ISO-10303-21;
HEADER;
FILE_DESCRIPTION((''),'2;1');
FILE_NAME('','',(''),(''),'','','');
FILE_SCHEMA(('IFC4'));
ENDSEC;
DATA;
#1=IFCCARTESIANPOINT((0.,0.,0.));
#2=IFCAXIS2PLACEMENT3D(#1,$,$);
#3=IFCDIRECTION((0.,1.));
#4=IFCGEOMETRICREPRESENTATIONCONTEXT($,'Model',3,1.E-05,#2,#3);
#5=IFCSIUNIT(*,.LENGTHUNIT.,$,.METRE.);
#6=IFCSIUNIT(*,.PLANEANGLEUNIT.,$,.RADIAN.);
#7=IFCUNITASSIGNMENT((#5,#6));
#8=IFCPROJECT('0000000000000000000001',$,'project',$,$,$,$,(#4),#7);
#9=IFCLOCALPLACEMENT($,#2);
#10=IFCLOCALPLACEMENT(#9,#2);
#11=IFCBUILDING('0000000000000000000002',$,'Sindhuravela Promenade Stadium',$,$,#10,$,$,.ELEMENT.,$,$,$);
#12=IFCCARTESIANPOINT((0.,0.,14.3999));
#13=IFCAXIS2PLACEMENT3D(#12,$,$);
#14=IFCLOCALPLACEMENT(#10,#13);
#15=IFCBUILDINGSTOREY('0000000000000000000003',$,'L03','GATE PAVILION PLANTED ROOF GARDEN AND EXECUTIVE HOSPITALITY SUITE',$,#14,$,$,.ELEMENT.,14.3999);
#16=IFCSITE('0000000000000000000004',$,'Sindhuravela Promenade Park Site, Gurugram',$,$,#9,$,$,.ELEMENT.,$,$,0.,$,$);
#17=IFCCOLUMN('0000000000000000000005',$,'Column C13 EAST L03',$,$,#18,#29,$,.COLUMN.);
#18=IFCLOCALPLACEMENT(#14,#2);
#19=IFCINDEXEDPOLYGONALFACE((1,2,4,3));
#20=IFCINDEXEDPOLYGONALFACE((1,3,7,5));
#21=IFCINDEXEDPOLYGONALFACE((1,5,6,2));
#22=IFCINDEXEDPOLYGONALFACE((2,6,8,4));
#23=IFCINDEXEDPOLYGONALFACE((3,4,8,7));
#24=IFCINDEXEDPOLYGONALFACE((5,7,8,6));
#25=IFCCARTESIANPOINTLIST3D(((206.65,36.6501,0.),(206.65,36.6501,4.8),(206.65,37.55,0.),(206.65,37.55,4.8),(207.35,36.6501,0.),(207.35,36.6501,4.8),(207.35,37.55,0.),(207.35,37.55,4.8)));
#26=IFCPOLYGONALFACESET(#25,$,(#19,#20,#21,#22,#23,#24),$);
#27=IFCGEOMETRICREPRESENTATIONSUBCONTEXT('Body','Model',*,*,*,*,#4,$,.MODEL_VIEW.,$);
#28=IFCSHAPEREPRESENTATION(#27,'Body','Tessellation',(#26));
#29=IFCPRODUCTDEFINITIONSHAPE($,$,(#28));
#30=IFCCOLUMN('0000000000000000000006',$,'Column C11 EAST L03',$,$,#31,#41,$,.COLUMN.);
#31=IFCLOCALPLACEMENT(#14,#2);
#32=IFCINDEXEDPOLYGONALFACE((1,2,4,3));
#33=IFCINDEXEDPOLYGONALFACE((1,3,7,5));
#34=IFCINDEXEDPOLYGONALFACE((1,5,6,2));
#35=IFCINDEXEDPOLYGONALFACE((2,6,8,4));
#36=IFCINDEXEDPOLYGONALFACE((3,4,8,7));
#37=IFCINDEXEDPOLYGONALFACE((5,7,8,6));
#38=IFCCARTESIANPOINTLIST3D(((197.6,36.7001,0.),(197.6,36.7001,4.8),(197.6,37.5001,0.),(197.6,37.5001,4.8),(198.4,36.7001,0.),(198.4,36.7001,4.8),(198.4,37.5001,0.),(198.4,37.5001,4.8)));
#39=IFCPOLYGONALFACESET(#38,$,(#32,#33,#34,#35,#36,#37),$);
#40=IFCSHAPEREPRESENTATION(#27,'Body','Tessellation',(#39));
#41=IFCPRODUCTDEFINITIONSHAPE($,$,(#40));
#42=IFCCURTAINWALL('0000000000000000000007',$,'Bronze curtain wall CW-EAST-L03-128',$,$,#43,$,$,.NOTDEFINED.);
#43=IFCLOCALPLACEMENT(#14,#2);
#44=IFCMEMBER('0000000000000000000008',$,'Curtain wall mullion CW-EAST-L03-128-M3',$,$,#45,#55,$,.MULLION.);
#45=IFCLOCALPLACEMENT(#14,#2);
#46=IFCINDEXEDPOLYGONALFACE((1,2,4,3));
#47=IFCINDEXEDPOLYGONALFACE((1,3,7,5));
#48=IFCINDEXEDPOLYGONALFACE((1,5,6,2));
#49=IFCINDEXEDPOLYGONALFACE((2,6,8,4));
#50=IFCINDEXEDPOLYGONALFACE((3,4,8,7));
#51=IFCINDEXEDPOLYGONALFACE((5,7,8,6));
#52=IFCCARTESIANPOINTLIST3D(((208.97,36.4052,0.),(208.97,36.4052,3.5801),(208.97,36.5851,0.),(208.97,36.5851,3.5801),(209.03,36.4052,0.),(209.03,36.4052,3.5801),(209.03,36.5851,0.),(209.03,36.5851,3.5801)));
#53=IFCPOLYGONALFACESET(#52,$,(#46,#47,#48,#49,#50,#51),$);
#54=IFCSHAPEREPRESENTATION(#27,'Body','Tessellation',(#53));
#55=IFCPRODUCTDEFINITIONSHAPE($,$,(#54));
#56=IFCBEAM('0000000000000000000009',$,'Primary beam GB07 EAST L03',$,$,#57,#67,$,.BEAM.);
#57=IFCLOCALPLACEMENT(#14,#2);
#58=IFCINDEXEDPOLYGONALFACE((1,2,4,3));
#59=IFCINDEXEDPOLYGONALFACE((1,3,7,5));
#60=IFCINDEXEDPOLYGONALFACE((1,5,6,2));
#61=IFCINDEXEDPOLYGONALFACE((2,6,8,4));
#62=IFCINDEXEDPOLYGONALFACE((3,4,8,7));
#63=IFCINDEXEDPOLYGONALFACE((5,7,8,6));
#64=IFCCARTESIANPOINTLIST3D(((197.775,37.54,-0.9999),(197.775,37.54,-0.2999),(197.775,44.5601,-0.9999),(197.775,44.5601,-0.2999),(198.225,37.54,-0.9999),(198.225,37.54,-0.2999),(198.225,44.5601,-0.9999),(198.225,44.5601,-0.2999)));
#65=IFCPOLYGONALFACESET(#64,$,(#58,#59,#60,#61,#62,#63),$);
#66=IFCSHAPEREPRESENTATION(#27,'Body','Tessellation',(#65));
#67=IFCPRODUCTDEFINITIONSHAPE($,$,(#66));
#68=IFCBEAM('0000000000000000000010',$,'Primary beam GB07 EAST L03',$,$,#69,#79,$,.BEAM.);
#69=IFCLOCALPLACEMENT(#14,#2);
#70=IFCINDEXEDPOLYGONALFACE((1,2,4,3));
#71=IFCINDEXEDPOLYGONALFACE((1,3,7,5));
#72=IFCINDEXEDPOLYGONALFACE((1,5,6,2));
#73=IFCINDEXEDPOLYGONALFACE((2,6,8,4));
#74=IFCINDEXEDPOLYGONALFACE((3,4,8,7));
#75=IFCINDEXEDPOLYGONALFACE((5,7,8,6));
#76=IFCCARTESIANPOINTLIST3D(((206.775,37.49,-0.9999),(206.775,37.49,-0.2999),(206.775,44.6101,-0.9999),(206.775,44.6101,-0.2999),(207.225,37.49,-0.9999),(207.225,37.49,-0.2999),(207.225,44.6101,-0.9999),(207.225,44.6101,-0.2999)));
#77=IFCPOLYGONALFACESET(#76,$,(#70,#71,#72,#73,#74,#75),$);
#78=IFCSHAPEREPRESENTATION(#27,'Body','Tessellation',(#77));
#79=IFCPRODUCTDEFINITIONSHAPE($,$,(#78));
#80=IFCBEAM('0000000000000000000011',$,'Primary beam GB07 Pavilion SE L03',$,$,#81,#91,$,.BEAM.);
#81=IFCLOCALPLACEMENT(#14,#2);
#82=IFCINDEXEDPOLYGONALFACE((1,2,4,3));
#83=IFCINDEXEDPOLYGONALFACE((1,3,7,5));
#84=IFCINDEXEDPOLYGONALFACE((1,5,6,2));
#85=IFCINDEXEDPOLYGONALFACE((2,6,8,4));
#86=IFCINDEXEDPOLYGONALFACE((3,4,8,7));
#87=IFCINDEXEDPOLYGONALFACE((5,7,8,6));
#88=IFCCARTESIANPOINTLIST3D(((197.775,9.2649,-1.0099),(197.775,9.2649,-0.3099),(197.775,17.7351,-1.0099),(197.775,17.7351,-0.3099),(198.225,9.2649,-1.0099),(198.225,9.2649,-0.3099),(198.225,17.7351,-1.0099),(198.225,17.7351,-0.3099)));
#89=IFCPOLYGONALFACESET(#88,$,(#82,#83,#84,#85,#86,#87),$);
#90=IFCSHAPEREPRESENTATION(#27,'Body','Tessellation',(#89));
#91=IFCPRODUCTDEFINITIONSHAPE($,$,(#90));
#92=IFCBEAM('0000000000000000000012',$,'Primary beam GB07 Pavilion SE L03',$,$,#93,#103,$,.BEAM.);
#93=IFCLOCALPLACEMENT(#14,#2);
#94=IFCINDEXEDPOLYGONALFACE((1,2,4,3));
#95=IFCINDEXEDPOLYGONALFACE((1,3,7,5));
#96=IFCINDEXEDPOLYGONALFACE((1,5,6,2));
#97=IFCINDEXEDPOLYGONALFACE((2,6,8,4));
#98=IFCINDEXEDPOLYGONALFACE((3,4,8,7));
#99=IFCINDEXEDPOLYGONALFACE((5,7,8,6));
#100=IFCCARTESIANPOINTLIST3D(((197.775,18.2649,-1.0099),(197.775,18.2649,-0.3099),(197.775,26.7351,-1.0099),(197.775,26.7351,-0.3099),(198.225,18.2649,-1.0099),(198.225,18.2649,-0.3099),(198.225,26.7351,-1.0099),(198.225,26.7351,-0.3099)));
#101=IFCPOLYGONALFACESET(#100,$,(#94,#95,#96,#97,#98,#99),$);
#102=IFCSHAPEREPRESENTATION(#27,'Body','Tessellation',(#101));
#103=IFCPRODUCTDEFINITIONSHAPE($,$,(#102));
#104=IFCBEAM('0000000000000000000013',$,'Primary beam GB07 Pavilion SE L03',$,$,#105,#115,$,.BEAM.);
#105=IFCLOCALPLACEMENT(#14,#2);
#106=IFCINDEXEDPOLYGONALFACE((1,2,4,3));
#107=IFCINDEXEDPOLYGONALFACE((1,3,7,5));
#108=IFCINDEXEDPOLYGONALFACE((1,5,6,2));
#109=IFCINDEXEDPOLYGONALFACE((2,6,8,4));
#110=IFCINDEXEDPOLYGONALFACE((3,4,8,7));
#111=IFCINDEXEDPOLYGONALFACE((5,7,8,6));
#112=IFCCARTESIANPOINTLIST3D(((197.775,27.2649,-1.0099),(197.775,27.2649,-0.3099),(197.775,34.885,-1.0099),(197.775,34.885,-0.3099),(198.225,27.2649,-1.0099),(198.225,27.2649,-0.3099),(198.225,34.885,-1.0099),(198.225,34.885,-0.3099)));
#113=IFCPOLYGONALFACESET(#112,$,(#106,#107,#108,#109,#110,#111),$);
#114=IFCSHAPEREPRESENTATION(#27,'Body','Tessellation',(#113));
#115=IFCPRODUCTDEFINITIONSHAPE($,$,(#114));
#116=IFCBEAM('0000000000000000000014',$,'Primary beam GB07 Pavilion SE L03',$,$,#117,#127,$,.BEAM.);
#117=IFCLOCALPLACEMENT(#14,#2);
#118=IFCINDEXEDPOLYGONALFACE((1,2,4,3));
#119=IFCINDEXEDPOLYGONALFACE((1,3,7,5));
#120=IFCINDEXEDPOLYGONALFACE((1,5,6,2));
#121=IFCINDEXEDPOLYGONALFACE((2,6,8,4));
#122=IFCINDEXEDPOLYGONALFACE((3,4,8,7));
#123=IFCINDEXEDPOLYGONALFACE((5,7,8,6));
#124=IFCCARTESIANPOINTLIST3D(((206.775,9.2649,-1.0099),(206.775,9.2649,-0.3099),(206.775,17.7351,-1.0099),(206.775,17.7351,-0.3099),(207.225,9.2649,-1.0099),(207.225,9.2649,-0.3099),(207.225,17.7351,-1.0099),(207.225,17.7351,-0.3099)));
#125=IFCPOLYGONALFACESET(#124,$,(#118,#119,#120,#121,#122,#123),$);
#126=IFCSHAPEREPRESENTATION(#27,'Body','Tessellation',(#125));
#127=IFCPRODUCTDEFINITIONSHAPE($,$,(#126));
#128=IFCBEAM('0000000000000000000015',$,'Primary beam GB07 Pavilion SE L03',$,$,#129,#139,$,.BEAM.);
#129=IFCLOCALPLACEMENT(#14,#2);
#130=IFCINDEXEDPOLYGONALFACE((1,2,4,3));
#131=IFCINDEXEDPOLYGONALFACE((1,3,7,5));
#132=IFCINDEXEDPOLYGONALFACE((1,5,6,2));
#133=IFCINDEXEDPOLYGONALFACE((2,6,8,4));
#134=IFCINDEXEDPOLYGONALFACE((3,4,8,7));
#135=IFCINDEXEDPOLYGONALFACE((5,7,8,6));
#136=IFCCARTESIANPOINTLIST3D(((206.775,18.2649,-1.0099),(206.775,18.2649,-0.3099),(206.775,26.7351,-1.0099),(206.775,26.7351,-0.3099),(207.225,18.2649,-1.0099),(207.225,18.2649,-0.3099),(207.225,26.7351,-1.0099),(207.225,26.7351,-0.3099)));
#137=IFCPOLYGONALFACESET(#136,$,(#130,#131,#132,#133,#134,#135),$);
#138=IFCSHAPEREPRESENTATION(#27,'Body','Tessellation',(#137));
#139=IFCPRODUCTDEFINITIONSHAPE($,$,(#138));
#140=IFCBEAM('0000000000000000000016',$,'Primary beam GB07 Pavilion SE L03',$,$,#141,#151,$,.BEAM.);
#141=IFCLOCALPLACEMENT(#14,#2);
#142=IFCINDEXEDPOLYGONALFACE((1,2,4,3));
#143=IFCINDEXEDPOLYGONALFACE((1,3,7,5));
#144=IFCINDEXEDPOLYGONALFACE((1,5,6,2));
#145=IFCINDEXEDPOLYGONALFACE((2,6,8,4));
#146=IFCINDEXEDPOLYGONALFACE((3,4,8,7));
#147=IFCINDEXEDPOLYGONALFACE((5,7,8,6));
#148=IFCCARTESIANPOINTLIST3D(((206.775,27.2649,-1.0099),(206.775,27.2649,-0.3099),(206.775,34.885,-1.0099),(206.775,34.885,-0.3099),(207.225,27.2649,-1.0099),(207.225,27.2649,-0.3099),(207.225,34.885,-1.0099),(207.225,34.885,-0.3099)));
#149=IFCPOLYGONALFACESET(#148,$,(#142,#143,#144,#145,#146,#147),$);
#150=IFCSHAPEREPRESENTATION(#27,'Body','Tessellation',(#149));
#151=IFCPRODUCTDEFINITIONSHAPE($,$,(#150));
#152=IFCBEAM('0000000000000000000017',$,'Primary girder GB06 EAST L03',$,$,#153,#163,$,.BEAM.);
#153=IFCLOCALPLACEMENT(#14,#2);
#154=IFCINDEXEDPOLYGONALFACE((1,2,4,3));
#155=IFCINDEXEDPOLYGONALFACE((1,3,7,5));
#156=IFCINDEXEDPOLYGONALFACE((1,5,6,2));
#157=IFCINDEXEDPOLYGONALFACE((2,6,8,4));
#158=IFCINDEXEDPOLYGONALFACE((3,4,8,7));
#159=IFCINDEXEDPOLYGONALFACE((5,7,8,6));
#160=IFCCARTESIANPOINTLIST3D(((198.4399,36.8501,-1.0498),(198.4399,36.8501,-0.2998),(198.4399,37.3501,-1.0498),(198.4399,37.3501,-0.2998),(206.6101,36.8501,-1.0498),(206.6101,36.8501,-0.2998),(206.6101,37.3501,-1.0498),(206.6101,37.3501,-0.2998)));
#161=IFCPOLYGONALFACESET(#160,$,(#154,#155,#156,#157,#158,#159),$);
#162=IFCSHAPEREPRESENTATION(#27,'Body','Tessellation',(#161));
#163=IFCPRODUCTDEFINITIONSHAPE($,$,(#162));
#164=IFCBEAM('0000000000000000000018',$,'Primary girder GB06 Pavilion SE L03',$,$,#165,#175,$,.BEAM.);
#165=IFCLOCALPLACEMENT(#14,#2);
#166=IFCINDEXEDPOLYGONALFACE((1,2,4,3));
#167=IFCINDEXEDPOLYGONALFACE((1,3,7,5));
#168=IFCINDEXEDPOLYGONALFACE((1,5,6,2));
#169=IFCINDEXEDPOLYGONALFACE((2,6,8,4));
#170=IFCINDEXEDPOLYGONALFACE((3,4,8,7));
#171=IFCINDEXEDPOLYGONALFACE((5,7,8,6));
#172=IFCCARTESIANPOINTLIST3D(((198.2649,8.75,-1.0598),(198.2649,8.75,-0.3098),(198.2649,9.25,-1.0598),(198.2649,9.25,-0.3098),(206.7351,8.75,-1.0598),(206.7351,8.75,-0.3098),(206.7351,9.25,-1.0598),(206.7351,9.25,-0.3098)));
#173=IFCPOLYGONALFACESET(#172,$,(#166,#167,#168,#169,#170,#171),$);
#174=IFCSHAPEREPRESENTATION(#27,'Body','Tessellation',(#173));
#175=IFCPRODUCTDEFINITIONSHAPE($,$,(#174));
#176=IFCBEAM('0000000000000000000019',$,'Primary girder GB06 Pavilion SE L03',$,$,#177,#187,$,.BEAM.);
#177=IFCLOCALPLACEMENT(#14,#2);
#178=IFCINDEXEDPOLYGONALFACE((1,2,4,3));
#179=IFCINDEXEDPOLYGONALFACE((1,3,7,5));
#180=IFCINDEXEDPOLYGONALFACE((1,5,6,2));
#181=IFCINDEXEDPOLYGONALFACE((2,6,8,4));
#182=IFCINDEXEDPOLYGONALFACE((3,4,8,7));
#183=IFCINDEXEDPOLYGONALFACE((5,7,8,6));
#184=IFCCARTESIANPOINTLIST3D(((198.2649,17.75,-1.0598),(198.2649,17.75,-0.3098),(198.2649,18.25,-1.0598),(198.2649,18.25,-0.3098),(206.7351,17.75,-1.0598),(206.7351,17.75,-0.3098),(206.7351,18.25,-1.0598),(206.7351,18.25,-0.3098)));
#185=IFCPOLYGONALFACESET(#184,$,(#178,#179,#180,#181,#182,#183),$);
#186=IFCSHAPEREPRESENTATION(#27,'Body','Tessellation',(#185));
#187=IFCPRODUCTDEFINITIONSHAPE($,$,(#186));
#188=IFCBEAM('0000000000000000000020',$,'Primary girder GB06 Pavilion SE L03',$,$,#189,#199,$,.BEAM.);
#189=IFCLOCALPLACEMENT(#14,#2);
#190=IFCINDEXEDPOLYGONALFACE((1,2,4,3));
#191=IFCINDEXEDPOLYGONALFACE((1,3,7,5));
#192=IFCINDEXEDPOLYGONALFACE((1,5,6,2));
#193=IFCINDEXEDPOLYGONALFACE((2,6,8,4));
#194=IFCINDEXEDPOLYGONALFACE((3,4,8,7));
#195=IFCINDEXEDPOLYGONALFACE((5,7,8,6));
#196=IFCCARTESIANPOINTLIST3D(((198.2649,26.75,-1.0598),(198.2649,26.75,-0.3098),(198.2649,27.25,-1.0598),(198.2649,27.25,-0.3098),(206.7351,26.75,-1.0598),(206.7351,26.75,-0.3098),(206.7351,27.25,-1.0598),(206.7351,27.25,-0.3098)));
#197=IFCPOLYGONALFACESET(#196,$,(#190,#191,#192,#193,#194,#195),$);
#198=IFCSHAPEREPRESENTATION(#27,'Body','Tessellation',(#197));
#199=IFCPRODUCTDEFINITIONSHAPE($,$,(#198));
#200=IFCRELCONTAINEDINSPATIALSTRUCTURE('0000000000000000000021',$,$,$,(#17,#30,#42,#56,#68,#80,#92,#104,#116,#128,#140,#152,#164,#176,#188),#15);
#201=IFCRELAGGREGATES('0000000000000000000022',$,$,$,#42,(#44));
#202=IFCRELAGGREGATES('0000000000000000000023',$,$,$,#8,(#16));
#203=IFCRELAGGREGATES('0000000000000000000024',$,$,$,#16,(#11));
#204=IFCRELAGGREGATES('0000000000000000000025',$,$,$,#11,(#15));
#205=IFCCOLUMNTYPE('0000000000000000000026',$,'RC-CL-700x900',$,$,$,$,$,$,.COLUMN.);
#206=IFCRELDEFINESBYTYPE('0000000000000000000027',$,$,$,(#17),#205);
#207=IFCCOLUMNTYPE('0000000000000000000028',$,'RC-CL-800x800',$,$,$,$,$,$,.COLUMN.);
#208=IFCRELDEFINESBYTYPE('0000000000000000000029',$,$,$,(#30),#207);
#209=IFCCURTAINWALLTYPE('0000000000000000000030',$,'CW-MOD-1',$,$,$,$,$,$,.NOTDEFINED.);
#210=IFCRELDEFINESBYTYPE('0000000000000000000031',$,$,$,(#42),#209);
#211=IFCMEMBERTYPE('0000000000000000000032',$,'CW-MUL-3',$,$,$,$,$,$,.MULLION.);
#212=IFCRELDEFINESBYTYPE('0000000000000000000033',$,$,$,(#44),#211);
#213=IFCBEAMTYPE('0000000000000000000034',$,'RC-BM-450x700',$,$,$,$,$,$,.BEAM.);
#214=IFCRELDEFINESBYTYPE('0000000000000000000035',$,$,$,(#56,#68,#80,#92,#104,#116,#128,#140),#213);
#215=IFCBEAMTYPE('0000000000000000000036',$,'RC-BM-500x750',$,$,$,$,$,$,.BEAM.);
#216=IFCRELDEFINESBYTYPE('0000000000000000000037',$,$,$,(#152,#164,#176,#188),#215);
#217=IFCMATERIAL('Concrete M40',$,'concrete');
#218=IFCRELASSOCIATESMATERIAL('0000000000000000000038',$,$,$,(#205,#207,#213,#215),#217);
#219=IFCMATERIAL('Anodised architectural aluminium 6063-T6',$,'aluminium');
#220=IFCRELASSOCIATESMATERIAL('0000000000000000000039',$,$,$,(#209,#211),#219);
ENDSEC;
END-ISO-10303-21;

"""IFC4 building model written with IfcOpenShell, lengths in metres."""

from ifc_helpers import new_model, si_unit, direction, frame, origin, origin_2d, place, context, subcontext, project, spatial, rectangle, extrude, material, material_profile, profile_set, type_object, element, aggregate, save


model = new_model("IFC4")

# Units and contexts
model_context = context("Model", 3, precision=1e-05, world=origin(), true_north=direction((0.0, 1.0)))
body_context = subcontext(model_context, "Body", "Model", "MODEL_VIEW")
ifc_project = project(units=[si_unit("LENGTHUNIT", "METRE"), si_unit("PLANEANGLEUNIT", "RADIAN")], contexts=[model_context])

# Site, building, storey
site_placement = place(None, origin())
site = spatial("IfcSite", under=ifc_project, at=site_placement, Name="Sindhuravela Promenade Park Site, Gurugram", CompositionType="ELEMENT", RefElevation=0.0)
building_placement = place(site_placement, origin())
building = spatial("IfcBuilding", under=site, at=building_placement, Name="Sindhuravela Promenade Stadium", CompositionType="ELEMENT")
storey_placement = place(building_placement, frame((0.0, 0.0, 14.3999)))
storey = spatial("IfcBuildingStorey", under=building, at=storey_placement, Name="L03", Description="GATE PAVILION PLANTED ROOF GARDEN AND EXECUTIVE HOSPITALITY SUITE", CompositionType="ELEMENT", Elevation=14.3999)

# Columns
ifc_material_1 = material(Name="Concrete M40", Category="concrete")
ifc_material_profile_1 = material_profile(ifc_material_1, rectangle(XDim=0.7, YDim=0.8999, at=origin_2d()), Name="RC 700x900")
ifc_profile_set_1 = profile_set([ifc_material_profile_1], Name="Concrete M40")
column_type_1 = type_object("IfcColumnType", Name="RC-CL-700x900", PredefinedType="COLUMN", material=ifc_profile_set_1)
column_1_placement = place(storey_placement, frame((207.0, 37.1001, 0.0), z_axis=(0.0, 0.0, 1.0), x_axis=(1.0, 0.0, 0.0)))
element("IfcColumn", 1, at=column_1_placement, inside=storey, type_object=column_type_1, Name="Column C13 EAST L03", PredefinedType="COLUMN", context=body_context, shape_type="SweptSolid", body=[
    extrude(rectangle(XDim=0.7, YDim=0.8999, at=origin_2d()), origin(), (0.0, 0.0, 1.0), 4.8),
])
ifc_material_profile_2 = material_profile(ifc_material_1, rectangle(XDim=0.8, YDim=0.8, at=origin_2d()), Name="RC 800x800")
ifc_profile_set_2 = profile_set([ifc_material_profile_2], Name="Concrete M40")
column_type_2 = type_object("IfcColumnType", Name="RC-CL-800x800", PredefinedType="COLUMN", material=ifc_profile_set_2)
column_2_placement = place(storey_placement, frame((198.0, 37.1001, 0.0), z_axis=(0.0, 0.0, 1.0), x_axis=(1.0, 0.0, 0.0)))
element("IfcColumn", 2, at=column_2_placement, inside=storey, type_object=column_type_2, Name="Column C11 EAST L03", PredefinedType="COLUMN", context=body_context, shape_type="SweptSolid", body=[
    extrude(rectangle(XDim=0.8, YDim=0.8, at=origin_2d()), origin(), (0.0, 0.0, 1.0), 4.8),
])

# Curtain wall, member
ifc_material_2 = material(Name="Anodised architectural aluminium 6063-T6", Category="aluminium")
curtain_wall_type = type_object("IfcCurtainWallType", Name="CW-MOD-1", PredefinedType="NOTDEFINED", material=ifc_material_2)
curtain_wall_placement = place(storey_placement, origin())
curtain_wall = element("IfcCurtainWall", 3, at=curtain_wall_placement, inside=storey, type_object=curtain_wall_type, Name="Bronze curtain wall CW-EAST-L03-128", PredefinedType="NOTDEFINED")
ifc_material_profile_3 = material_profile(ifc_material_2, rectangle(XDim=0.0601, YDim=0.1799, at=origin_2d()), Name="ALU M60x180")
ifc_profile_set_3 = profile_set([ifc_material_profile_3], Name="Anodised architectural aluminium 6063-T6")
member_type = type_object("IfcMemberType", Name="CW-MUL-3", PredefinedType="MULLION", material=ifc_profile_set_3)
member_placement = place(storey_placement, frame((209.0, 36.4951, 0.0), z_axis=(0.0, 0.0, 1.0), x_axis=(1.0, 0.0, 0.0)))
member = element("IfcMember", 4, at=member_placement, type_object=member_type, Name="Curtain wall mullion CW-EAST-L03-128-M3", PredefinedType="MULLION", context=body_context, shape_type="SweptSolid", body=[
    extrude(rectangle(XDim=0.0601, YDim=0.1799, at=origin_2d()), origin(), (0.0, 0.0, 1.0), 3.5801),
])
aggregate(curtain_wall, [member])

# Beams
ifc_material_profile_4 = material_profile(ifc_material_1, rectangle(XDim=0.45, YDim=0.7, at=origin_2d()), Name="RC 450x700")
ifc_profile_set_4 = profile_set([ifc_material_profile_4], Name="Concrete M40")
beam_type_1 = type_object("IfcBeamType", Name="RC-BM-450x700", PredefinedType="BEAM", material=ifc_profile_set_4)
beam_1_placement = place(storey_placement, frame((198.0, 37.54, -0.6499), z_axis=(0.0, 1.0, 0.0), x_axis=(-1.0, 0.0, 0.0)))
element("IfcBeam", 5, at=beam_1_placement, inside=storey, type_object=beam_type_1, Name="Primary beam GB07 EAST L03", PredefinedType="BEAM", context=body_context, shape_type="SweptSolid", body=[
    extrude(rectangle(XDim=0.45, YDim=0.7, at=origin_2d()), origin(), (0.0, 0.0, 1.0), 7.02),
])
beam_2_placement = place(storey_placement, frame((207.0, 37.49, -0.6499), z_axis=(0.0, 1.0, 0.0), x_axis=(-1.0, 0.0, 0.0)))
element("IfcBeam", 6, at=beam_2_placement, inside=storey, type_object=beam_type_1, Name="Primary beam GB07 EAST L03", PredefinedType="BEAM", context=body_context, shape_type="SweptSolid", body=[
    extrude(rectangle(XDim=0.45, YDim=0.7, at=origin_2d()), origin(), (0.0, 0.0, 1.0), 7.1201),
])
for number, where, z_axis, x_axis, name in (
    (7, (198.0, 9.2649, -0.6599), (0.0, 1.0, 0.0), (-1.0, 0.0, 0.0), "Primary beam GB07 Pavilion SE L03"),
    (8, (198.0, 18.2649, -0.6599), (0.0, 1.0, 0.0), (-1.0, 0.0, 0.0), "Primary beam GB07 Pavilion SE L03"),
):
    element("IfcBeam", number, at=place(storey_placement, frame(where, z_axis=z_axis, x_axis=x_axis)), inside=storey, type_object=beam_type_1, Name=name, PredefinedType="BEAM", context=body_context, shape_type="SweptSolid", body=[
        extrude(rectangle(XDim=0.45, YDim=0.7, at=origin_2d()), origin(), (0.0, 0.0, 1.0), 8.4702),
    ])
beam_3_placement = place(storey_placement, frame((198.0, 27.2649, -0.6599), z_axis=(0.0, 1.0, 0.0), x_axis=(-1.0, 0.0, 0.0)))
element("IfcBeam", 9, at=beam_3_placement, inside=storey, type_object=beam_type_1, Name="Primary beam GB07 Pavilion SE L03", PredefinedType="BEAM", context=body_context, shape_type="SweptSolid", body=[
    extrude(rectangle(XDim=0.45, YDim=0.7, at=origin_2d()), origin(), (0.0, 0.0, 1.0), 7.6201),
])
for number, where, z_axis, x_axis, name in (
    (10, (207.0, 9.2649, -0.6599), (0.0, 1.0, 0.0), (-1.0, 0.0, 0.0), "Primary beam GB07 Pavilion SE L03"),
    (11, (207.0, 18.2649, -0.6599), (0.0, 1.0, 0.0), (-1.0, 0.0, 0.0), "Primary beam GB07 Pavilion SE L03"),
):
    element("IfcBeam", number, at=place(storey_placement, frame(where, z_axis=z_axis, x_axis=x_axis)), inside=storey, type_object=beam_type_1, Name=name, PredefinedType="BEAM", context=body_context, shape_type="SweptSolid", body=[
        extrude(rectangle(XDim=0.45, YDim=0.7, at=origin_2d()), origin(), (0.0, 0.0, 1.0), 8.4702),
    ])
beam_4_placement = place(storey_placement, frame((207.0, 27.2649, -0.6599), z_axis=(0.0, 1.0, 0.0), x_axis=(-1.0, 0.0, 0.0)))
element("IfcBeam", 12, at=beam_4_placement, inside=storey, type_object=beam_type_1, Name="Primary beam GB07 Pavilion SE L03", PredefinedType="BEAM", context=body_context, shape_type="SweptSolid", body=[
    extrude(rectangle(XDim=0.45, YDim=0.7, at=origin_2d()), origin(), (0.0, 0.0, 1.0), 7.6201),
])
ifc_material_profile_5 = material_profile(ifc_material_1, rectangle(XDim=0.5, YDim=0.75, at=origin_2d()), Name="RC 500x750")
ifc_profile_set_5 = profile_set([ifc_material_profile_5], Name="Concrete M40")
beam_type_2 = type_object("IfcBeamType", Name="RC-BM-500x750", PredefinedType="BEAM", material=ifc_profile_set_5)
beam_5_placement = place(storey_placement, frame((198.4399, 37.1001, -0.6748), z_axis=(1.0, 0.0, 0.0), x_axis=(0.0, 1.0, 0.0)))
element("IfcBeam", 13, at=beam_5_placement, inside=storey, type_object=beam_type_2, Name="Primary girder GB06 EAST L03", PredefinedType="BEAM", context=body_context, shape_type="SweptSolid", body=[
    extrude(rectangle(XDim=0.5, YDim=0.75, at=origin_2d()), origin(), (0.0, 0.0, 1.0), 8.1702),
])
for number, where, z_axis, x_axis, name in (
    (14, (198.2649, 9.0, -0.6848), (1.0, 0.0, 0.0), (0.0, 1.0, 0.0), "Primary girder GB06 Pavilion SE L03"),
    (15, (198.2649, 18.0, -0.6848), (1.0, 0.0, 0.0), (0.0, 1.0, 0.0), "Primary girder GB06 Pavilion SE L03"),
    (16, (198.2649, 27.0, -0.6848), (1.0, 0.0, 0.0), (0.0, 1.0, 0.0), "Primary girder GB06 Pavilion SE L03"),
):
    element("IfcBeam", number, at=place(storey_placement, frame(where, z_axis=z_axis, x_axis=x_axis)), inside=storey, type_object=beam_type_2, Name=name, PredefinedType="BEAM", context=body_context, shape_type="SweptSolid", body=[
        extrude(rectangle(XDim=0.5, YDim=0.75, at=origin_2d()), origin(), (0.0, 0.0, 1.0), 8.4702),
    ])

save(model, "model.ifc")
